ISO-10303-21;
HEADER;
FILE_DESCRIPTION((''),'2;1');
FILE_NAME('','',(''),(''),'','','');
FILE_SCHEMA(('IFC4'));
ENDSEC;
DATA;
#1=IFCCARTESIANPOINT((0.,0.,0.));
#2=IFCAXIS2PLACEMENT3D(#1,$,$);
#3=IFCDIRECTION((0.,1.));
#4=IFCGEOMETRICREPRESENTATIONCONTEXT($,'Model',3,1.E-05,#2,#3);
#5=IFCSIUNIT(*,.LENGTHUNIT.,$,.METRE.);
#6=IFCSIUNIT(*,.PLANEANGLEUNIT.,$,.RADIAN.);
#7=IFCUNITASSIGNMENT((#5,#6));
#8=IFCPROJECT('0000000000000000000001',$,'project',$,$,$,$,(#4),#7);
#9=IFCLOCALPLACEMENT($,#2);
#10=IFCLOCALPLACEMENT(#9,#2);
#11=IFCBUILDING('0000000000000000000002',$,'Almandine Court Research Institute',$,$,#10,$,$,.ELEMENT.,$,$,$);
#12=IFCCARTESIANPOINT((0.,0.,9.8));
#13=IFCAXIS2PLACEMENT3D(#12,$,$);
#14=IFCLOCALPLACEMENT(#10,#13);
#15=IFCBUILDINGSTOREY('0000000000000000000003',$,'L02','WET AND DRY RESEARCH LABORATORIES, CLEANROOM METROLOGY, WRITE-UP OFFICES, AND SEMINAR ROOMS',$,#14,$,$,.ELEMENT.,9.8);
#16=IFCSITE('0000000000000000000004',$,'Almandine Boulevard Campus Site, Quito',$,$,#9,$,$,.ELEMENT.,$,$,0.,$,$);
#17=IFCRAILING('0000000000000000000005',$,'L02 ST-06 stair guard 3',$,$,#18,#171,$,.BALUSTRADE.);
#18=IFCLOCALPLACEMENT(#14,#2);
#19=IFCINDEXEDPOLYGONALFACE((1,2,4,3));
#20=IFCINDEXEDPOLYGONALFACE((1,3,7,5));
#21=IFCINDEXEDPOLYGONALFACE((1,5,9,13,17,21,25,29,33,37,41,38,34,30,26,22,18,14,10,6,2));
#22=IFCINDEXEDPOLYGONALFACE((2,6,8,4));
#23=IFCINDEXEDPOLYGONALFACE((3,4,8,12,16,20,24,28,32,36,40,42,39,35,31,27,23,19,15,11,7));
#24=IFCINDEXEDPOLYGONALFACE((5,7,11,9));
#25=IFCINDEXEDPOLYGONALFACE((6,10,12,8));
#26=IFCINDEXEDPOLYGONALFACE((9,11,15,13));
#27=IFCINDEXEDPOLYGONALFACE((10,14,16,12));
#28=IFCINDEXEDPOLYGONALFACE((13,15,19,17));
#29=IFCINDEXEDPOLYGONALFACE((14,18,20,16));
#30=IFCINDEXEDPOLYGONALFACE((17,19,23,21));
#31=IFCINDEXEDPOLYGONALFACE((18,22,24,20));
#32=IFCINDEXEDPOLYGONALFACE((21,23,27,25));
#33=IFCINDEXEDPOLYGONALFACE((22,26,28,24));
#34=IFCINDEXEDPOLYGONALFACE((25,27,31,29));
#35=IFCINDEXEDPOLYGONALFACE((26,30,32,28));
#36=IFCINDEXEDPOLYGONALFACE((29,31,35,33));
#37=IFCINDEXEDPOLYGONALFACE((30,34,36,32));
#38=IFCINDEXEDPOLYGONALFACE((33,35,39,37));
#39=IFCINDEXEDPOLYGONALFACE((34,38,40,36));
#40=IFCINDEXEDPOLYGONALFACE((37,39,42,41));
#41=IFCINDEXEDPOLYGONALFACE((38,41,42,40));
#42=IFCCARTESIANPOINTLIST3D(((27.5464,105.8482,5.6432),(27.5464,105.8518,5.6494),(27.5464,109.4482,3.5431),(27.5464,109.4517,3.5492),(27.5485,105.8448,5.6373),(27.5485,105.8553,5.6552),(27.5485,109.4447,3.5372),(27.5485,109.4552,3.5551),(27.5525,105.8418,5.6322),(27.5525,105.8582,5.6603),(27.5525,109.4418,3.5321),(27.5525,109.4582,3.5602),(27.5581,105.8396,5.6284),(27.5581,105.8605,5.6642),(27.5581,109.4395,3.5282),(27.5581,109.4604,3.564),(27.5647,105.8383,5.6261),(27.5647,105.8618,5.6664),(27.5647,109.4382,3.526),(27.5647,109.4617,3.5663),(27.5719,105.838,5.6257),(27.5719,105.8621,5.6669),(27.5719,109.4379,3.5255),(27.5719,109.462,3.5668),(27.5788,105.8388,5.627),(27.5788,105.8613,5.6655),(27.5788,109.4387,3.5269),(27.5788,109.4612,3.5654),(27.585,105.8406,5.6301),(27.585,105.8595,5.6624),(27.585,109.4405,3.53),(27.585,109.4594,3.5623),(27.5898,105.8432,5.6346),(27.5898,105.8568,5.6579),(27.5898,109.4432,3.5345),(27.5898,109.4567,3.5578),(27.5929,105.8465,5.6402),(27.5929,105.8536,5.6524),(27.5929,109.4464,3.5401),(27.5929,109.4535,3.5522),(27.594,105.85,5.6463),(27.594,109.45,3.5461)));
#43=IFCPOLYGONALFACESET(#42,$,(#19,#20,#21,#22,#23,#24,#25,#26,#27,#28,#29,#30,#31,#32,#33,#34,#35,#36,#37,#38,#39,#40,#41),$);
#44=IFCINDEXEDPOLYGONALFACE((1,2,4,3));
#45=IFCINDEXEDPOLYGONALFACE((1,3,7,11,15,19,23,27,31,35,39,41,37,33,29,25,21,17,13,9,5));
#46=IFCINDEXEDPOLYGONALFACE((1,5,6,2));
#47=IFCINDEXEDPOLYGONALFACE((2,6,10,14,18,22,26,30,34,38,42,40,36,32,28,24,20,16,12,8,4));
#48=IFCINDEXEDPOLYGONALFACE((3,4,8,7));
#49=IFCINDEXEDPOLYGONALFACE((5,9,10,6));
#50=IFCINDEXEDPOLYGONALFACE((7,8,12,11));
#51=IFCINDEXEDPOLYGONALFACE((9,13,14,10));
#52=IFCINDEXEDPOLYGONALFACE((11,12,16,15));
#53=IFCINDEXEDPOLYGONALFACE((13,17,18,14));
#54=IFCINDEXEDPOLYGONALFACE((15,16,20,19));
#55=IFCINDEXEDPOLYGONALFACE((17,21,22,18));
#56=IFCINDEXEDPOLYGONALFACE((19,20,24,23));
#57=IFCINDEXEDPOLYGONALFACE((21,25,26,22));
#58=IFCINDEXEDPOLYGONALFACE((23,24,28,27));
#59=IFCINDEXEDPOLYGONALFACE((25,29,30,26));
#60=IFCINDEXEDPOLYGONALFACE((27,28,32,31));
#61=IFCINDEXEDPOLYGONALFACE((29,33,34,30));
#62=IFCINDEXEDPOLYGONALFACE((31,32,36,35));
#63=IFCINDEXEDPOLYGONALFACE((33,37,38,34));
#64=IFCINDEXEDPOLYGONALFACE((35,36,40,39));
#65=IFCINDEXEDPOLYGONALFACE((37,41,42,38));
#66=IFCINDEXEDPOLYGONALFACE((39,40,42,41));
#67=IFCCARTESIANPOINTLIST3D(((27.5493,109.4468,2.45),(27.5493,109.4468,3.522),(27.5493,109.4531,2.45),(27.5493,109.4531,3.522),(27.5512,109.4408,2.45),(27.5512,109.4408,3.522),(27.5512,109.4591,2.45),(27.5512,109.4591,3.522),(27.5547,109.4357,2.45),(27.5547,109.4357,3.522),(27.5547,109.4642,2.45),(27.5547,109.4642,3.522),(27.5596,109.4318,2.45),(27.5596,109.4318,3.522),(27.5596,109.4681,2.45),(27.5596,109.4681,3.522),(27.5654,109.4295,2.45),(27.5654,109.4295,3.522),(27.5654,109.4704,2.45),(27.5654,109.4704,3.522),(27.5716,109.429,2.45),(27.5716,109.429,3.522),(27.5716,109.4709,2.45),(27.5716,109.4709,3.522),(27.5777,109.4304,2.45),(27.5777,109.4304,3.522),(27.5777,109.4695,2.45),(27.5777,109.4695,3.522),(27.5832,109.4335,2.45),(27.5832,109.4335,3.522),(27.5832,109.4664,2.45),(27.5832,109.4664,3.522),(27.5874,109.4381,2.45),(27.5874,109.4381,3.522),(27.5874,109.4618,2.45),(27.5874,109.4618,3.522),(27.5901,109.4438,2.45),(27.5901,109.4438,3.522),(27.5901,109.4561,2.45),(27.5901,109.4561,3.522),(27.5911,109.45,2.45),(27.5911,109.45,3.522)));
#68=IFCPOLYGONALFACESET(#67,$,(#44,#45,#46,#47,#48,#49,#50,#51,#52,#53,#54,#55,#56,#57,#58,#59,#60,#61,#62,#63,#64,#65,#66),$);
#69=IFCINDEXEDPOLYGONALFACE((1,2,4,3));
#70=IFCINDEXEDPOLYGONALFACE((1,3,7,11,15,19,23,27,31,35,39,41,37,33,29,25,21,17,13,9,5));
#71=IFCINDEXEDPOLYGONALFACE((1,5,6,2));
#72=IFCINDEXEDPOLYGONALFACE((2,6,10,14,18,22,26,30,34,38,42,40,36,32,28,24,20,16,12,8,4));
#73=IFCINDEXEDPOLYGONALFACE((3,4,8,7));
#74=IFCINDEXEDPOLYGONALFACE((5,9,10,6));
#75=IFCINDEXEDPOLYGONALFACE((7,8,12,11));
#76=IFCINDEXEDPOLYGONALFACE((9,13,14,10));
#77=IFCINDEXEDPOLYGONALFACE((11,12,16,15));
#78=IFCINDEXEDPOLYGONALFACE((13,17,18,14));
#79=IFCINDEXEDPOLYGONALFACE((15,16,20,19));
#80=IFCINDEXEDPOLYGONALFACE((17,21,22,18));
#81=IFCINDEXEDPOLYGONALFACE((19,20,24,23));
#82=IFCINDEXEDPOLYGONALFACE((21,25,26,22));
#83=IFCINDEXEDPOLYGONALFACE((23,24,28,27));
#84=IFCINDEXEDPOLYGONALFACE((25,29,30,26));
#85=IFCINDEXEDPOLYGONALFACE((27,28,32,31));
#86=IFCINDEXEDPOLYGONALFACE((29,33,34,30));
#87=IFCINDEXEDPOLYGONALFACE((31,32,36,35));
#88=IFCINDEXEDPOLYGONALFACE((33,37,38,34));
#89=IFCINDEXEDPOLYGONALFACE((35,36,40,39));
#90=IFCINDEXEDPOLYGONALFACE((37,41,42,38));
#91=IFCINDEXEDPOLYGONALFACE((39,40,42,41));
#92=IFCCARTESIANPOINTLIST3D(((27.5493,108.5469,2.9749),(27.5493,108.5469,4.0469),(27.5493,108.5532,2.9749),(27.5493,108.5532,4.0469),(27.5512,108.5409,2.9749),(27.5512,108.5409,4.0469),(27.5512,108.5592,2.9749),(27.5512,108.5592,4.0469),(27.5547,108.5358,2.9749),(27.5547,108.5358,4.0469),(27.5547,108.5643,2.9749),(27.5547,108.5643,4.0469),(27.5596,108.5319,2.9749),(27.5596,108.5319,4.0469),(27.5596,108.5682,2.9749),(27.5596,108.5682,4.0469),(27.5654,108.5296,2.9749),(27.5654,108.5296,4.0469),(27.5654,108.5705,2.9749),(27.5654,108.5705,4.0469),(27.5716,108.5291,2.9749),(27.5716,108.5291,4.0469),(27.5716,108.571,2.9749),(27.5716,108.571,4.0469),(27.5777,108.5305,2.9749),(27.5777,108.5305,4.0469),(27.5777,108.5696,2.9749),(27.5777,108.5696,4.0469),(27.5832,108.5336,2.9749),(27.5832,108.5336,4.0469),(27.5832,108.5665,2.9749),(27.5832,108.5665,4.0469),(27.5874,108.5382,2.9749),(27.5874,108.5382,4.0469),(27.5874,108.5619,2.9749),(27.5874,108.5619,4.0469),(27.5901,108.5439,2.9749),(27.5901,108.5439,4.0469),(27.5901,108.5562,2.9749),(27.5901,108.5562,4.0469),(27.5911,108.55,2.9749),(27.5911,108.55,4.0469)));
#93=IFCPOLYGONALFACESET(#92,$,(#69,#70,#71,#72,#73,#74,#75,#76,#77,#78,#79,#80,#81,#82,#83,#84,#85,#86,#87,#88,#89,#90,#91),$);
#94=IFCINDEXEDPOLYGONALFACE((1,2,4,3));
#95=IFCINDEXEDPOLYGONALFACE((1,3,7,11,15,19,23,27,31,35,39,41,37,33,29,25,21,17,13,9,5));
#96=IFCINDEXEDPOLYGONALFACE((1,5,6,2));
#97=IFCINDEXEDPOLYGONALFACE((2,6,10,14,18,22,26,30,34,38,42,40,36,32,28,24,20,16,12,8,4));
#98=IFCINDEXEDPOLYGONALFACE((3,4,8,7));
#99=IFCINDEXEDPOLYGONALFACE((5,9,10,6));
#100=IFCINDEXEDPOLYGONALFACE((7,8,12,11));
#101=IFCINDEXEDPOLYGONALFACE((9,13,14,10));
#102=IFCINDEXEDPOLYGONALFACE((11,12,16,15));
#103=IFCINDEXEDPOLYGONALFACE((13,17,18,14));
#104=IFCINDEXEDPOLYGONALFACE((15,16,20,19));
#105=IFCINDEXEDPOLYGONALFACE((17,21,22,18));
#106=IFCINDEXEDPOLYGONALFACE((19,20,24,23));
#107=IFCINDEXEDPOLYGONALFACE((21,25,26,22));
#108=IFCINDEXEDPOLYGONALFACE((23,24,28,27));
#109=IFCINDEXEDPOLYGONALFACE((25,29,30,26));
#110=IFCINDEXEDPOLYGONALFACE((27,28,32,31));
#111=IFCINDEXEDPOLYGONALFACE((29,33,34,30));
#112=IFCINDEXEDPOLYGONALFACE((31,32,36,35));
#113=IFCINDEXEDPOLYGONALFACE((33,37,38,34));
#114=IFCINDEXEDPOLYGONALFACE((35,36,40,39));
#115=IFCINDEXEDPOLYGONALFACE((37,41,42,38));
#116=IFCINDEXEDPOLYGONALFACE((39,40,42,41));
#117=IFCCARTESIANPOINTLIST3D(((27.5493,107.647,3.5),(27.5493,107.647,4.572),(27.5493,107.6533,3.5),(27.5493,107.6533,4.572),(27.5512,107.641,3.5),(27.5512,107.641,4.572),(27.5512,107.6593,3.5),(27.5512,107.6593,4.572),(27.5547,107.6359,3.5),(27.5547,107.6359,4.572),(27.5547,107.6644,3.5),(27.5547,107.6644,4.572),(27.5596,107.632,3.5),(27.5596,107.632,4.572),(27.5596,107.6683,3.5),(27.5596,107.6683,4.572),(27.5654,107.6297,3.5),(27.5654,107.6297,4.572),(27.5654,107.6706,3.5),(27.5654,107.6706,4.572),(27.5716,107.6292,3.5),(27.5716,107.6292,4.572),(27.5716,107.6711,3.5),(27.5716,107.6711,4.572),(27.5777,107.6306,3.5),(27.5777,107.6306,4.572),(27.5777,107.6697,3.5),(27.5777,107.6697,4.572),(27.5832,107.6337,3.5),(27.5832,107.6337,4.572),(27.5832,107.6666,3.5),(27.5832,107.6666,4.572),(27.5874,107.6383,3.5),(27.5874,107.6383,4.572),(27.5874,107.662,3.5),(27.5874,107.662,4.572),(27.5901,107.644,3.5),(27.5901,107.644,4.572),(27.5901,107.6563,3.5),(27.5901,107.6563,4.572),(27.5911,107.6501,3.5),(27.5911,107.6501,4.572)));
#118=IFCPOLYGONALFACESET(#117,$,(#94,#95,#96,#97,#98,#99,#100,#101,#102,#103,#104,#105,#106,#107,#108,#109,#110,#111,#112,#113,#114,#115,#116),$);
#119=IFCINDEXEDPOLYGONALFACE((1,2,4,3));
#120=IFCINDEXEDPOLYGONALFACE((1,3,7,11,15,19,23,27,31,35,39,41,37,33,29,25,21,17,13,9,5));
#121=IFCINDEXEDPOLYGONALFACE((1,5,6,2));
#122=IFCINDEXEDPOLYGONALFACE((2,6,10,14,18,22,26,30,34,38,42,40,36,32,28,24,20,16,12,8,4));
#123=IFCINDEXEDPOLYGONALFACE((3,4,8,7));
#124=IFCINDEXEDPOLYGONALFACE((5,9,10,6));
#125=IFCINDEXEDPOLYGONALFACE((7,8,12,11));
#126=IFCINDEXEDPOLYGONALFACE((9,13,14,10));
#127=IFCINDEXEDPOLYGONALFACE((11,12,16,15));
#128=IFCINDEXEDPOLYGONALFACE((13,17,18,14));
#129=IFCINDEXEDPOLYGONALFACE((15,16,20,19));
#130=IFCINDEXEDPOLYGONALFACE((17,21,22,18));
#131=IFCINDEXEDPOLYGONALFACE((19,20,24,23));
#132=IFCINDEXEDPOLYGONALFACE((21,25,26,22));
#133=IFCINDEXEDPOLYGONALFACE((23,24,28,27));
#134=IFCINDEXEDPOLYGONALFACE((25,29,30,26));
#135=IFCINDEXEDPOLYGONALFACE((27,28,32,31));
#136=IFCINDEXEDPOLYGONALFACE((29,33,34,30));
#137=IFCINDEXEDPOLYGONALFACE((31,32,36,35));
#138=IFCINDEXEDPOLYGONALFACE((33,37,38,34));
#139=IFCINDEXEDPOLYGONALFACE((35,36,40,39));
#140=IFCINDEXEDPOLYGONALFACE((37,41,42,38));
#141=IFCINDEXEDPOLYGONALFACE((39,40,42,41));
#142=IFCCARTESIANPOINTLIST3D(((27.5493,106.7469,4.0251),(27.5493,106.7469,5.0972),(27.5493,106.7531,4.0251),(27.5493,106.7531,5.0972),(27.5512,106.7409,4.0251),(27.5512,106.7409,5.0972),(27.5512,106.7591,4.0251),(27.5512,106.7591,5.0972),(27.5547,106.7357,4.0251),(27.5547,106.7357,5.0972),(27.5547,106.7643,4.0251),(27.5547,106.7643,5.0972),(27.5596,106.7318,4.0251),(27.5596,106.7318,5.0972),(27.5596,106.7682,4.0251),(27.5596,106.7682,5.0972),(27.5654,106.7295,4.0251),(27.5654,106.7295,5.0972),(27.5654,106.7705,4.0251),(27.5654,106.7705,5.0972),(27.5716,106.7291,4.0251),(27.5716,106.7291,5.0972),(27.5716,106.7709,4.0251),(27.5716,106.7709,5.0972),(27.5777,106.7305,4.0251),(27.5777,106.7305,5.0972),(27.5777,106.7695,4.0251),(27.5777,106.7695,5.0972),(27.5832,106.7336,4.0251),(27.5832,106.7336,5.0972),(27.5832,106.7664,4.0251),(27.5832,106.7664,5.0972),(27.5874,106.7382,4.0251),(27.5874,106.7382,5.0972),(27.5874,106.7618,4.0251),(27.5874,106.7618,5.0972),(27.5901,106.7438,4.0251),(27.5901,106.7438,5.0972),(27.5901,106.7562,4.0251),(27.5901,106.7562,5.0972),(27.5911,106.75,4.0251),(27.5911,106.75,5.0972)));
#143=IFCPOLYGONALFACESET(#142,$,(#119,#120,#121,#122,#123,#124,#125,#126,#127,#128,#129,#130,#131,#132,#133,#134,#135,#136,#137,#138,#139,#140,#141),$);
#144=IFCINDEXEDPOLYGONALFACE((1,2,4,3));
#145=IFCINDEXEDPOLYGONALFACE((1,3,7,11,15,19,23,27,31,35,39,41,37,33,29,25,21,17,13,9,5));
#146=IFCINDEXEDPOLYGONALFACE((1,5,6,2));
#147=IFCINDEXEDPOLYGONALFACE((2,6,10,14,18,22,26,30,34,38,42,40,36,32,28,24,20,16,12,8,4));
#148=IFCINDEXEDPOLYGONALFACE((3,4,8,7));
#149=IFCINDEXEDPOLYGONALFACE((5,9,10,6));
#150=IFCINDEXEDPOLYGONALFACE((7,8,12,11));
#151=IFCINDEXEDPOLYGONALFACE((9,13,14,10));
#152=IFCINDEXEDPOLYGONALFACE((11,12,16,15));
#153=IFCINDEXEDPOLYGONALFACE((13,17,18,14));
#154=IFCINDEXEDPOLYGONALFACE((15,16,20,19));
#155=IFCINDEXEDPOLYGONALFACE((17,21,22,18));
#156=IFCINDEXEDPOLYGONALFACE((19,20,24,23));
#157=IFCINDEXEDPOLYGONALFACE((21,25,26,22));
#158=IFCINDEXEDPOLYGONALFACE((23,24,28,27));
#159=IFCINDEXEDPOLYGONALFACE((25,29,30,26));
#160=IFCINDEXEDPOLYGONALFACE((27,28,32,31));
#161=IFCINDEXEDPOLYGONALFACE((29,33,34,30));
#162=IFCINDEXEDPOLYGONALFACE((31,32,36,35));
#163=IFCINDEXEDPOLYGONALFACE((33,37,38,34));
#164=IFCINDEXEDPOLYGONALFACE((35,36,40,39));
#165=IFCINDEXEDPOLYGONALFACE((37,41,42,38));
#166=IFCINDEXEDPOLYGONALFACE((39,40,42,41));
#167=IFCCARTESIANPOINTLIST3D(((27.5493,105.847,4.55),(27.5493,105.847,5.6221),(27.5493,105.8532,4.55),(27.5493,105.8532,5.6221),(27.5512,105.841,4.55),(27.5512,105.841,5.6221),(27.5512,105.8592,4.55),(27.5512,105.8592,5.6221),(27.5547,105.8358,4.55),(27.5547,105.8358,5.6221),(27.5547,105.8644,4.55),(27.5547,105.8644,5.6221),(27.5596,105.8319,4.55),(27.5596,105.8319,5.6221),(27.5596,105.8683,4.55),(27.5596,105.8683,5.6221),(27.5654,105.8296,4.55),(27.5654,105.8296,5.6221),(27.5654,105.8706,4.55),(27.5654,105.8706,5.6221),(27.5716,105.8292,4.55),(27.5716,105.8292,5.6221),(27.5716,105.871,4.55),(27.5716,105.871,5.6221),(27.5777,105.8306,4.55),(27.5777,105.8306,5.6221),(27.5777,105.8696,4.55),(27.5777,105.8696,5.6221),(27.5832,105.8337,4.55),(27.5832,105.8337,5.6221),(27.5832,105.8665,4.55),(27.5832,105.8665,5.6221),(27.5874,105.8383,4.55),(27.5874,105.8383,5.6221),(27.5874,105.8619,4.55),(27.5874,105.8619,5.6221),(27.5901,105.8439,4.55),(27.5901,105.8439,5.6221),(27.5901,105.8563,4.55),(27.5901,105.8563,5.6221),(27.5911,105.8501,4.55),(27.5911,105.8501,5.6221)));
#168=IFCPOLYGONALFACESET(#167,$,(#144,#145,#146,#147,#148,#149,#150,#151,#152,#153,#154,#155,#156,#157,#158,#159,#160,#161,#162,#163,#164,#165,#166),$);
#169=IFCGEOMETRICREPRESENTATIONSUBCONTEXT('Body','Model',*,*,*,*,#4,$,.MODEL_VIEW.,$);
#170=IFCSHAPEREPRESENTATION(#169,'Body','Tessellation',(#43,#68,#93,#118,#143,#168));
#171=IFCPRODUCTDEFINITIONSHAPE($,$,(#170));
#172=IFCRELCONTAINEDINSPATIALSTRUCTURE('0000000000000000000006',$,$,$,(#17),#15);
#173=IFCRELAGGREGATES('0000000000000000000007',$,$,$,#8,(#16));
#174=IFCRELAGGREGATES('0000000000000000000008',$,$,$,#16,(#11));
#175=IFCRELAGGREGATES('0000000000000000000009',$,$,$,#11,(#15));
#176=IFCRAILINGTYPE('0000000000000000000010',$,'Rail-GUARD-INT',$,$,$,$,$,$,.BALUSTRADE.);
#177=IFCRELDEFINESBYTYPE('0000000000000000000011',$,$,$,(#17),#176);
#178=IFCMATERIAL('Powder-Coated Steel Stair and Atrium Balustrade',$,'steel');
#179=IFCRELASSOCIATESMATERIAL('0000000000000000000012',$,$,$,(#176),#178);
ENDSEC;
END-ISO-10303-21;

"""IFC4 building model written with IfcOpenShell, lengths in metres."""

from ifc_helpers import new_model, si_unit, direction, frame, origin, origin_2d, place, context, subcontext, project, spatial, circle, extrude, material, type_object, element, save


model = new_model("IFC4")

# Units and contexts
model_context = context("Model", 3, precision=1e-05, world=origin(), true_north=direction((0.0, 1.0)))
body_context = subcontext(model_context, "Body", "Model", "MODEL_VIEW")
ifc_project = project(units=[si_unit("LENGTHUNIT", "METRE"), si_unit("PLANEANGLEUNIT", "RADIAN")], contexts=[model_context])

# Site, building, storey
site_placement = place(None, origin())
site = spatial("IfcSite", under=ifc_project, at=site_placement, Name="Almandine Boulevard Campus Site, Quito", CompositionType="ELEMENT", RefElevation=0.0)
building_placement = place(site_placement, origin())
building = spatial("IfcBuilding", under=site, at=building_placement, Name="Almandine Court Research Institute", CompositionType="ELEMENT")
storey_placement = place(building_placement, frame((0.0, 0.0, 9.8)))
storey = spatial("IfcBuildingStorey", under=building, at=storey_placement, Name="L02", Description="WET AND DRY RESEARCH LABORATORIES, CLEANROOM METROLOGY, WRITE-UP OFFICES, AND SEMINAR ROOMS", CompositionType="ELEMENT", Elevation=9.8)

# Railing
ifc_material_1 = material(Name="Powder-Coated Steel Stair and Atrium Balustrade", Category="steel")
railing_type_1 = type_object("IfcRailingType", Name="Rail-GUARD-INT", PredefinedType="BALUSTRADE", material=ifc_material_1)
railing_1_placement = place(storey_placement, frame((27.5701, 109.45, 2.45)))
element("IfcRailing", 1, at=railing_1_placement, inside=storey, type_object=railing_type_1, Name="L02 ST-06 stair guard 3", PredefinedType="BALUSTRADE", context=body_context, shape_type="SweptSolid", body=[
    extrude(circle(Radius=0.0239, at=origin_2d()), frame((0.0, 0.0, 1.0962), z_axis=(0.0, -0.86376, 0.503904), x_axis=(1.0, 0.0, 0.0)), (0.0, 0.0, 1.0), 4.1677),
    extrude(circle(Radius=0.021, at=origin_2d()), origin(), (0.0, 0.0, 1.0), 1.072),
    extrude(circle(Radius=0.021, at=origin_2d()), frame((0.0, -0.8999, 0.5249)), (0.0, 0.0, 1.0), 1.072),
    extrude(circle(Radius=0.021, at=origin_2d()), frame((0.0, -1.7998, 1.05)), (0.0, 0.0, 1.0), 1.072),
    extrude(circle(Radius=0.021, at=origin_2d()), frame((0.0, -2.7, 1.5752)), (0.0, 0.0, 1.0), 1.072),
    extrude(circle(Radius=0.021, at=origin_2d()), frame((0.0, -3.5999, 2.1001)), (0.0, 0.0, 1.0), 1.072),
])

save(model, "model.ifc")
